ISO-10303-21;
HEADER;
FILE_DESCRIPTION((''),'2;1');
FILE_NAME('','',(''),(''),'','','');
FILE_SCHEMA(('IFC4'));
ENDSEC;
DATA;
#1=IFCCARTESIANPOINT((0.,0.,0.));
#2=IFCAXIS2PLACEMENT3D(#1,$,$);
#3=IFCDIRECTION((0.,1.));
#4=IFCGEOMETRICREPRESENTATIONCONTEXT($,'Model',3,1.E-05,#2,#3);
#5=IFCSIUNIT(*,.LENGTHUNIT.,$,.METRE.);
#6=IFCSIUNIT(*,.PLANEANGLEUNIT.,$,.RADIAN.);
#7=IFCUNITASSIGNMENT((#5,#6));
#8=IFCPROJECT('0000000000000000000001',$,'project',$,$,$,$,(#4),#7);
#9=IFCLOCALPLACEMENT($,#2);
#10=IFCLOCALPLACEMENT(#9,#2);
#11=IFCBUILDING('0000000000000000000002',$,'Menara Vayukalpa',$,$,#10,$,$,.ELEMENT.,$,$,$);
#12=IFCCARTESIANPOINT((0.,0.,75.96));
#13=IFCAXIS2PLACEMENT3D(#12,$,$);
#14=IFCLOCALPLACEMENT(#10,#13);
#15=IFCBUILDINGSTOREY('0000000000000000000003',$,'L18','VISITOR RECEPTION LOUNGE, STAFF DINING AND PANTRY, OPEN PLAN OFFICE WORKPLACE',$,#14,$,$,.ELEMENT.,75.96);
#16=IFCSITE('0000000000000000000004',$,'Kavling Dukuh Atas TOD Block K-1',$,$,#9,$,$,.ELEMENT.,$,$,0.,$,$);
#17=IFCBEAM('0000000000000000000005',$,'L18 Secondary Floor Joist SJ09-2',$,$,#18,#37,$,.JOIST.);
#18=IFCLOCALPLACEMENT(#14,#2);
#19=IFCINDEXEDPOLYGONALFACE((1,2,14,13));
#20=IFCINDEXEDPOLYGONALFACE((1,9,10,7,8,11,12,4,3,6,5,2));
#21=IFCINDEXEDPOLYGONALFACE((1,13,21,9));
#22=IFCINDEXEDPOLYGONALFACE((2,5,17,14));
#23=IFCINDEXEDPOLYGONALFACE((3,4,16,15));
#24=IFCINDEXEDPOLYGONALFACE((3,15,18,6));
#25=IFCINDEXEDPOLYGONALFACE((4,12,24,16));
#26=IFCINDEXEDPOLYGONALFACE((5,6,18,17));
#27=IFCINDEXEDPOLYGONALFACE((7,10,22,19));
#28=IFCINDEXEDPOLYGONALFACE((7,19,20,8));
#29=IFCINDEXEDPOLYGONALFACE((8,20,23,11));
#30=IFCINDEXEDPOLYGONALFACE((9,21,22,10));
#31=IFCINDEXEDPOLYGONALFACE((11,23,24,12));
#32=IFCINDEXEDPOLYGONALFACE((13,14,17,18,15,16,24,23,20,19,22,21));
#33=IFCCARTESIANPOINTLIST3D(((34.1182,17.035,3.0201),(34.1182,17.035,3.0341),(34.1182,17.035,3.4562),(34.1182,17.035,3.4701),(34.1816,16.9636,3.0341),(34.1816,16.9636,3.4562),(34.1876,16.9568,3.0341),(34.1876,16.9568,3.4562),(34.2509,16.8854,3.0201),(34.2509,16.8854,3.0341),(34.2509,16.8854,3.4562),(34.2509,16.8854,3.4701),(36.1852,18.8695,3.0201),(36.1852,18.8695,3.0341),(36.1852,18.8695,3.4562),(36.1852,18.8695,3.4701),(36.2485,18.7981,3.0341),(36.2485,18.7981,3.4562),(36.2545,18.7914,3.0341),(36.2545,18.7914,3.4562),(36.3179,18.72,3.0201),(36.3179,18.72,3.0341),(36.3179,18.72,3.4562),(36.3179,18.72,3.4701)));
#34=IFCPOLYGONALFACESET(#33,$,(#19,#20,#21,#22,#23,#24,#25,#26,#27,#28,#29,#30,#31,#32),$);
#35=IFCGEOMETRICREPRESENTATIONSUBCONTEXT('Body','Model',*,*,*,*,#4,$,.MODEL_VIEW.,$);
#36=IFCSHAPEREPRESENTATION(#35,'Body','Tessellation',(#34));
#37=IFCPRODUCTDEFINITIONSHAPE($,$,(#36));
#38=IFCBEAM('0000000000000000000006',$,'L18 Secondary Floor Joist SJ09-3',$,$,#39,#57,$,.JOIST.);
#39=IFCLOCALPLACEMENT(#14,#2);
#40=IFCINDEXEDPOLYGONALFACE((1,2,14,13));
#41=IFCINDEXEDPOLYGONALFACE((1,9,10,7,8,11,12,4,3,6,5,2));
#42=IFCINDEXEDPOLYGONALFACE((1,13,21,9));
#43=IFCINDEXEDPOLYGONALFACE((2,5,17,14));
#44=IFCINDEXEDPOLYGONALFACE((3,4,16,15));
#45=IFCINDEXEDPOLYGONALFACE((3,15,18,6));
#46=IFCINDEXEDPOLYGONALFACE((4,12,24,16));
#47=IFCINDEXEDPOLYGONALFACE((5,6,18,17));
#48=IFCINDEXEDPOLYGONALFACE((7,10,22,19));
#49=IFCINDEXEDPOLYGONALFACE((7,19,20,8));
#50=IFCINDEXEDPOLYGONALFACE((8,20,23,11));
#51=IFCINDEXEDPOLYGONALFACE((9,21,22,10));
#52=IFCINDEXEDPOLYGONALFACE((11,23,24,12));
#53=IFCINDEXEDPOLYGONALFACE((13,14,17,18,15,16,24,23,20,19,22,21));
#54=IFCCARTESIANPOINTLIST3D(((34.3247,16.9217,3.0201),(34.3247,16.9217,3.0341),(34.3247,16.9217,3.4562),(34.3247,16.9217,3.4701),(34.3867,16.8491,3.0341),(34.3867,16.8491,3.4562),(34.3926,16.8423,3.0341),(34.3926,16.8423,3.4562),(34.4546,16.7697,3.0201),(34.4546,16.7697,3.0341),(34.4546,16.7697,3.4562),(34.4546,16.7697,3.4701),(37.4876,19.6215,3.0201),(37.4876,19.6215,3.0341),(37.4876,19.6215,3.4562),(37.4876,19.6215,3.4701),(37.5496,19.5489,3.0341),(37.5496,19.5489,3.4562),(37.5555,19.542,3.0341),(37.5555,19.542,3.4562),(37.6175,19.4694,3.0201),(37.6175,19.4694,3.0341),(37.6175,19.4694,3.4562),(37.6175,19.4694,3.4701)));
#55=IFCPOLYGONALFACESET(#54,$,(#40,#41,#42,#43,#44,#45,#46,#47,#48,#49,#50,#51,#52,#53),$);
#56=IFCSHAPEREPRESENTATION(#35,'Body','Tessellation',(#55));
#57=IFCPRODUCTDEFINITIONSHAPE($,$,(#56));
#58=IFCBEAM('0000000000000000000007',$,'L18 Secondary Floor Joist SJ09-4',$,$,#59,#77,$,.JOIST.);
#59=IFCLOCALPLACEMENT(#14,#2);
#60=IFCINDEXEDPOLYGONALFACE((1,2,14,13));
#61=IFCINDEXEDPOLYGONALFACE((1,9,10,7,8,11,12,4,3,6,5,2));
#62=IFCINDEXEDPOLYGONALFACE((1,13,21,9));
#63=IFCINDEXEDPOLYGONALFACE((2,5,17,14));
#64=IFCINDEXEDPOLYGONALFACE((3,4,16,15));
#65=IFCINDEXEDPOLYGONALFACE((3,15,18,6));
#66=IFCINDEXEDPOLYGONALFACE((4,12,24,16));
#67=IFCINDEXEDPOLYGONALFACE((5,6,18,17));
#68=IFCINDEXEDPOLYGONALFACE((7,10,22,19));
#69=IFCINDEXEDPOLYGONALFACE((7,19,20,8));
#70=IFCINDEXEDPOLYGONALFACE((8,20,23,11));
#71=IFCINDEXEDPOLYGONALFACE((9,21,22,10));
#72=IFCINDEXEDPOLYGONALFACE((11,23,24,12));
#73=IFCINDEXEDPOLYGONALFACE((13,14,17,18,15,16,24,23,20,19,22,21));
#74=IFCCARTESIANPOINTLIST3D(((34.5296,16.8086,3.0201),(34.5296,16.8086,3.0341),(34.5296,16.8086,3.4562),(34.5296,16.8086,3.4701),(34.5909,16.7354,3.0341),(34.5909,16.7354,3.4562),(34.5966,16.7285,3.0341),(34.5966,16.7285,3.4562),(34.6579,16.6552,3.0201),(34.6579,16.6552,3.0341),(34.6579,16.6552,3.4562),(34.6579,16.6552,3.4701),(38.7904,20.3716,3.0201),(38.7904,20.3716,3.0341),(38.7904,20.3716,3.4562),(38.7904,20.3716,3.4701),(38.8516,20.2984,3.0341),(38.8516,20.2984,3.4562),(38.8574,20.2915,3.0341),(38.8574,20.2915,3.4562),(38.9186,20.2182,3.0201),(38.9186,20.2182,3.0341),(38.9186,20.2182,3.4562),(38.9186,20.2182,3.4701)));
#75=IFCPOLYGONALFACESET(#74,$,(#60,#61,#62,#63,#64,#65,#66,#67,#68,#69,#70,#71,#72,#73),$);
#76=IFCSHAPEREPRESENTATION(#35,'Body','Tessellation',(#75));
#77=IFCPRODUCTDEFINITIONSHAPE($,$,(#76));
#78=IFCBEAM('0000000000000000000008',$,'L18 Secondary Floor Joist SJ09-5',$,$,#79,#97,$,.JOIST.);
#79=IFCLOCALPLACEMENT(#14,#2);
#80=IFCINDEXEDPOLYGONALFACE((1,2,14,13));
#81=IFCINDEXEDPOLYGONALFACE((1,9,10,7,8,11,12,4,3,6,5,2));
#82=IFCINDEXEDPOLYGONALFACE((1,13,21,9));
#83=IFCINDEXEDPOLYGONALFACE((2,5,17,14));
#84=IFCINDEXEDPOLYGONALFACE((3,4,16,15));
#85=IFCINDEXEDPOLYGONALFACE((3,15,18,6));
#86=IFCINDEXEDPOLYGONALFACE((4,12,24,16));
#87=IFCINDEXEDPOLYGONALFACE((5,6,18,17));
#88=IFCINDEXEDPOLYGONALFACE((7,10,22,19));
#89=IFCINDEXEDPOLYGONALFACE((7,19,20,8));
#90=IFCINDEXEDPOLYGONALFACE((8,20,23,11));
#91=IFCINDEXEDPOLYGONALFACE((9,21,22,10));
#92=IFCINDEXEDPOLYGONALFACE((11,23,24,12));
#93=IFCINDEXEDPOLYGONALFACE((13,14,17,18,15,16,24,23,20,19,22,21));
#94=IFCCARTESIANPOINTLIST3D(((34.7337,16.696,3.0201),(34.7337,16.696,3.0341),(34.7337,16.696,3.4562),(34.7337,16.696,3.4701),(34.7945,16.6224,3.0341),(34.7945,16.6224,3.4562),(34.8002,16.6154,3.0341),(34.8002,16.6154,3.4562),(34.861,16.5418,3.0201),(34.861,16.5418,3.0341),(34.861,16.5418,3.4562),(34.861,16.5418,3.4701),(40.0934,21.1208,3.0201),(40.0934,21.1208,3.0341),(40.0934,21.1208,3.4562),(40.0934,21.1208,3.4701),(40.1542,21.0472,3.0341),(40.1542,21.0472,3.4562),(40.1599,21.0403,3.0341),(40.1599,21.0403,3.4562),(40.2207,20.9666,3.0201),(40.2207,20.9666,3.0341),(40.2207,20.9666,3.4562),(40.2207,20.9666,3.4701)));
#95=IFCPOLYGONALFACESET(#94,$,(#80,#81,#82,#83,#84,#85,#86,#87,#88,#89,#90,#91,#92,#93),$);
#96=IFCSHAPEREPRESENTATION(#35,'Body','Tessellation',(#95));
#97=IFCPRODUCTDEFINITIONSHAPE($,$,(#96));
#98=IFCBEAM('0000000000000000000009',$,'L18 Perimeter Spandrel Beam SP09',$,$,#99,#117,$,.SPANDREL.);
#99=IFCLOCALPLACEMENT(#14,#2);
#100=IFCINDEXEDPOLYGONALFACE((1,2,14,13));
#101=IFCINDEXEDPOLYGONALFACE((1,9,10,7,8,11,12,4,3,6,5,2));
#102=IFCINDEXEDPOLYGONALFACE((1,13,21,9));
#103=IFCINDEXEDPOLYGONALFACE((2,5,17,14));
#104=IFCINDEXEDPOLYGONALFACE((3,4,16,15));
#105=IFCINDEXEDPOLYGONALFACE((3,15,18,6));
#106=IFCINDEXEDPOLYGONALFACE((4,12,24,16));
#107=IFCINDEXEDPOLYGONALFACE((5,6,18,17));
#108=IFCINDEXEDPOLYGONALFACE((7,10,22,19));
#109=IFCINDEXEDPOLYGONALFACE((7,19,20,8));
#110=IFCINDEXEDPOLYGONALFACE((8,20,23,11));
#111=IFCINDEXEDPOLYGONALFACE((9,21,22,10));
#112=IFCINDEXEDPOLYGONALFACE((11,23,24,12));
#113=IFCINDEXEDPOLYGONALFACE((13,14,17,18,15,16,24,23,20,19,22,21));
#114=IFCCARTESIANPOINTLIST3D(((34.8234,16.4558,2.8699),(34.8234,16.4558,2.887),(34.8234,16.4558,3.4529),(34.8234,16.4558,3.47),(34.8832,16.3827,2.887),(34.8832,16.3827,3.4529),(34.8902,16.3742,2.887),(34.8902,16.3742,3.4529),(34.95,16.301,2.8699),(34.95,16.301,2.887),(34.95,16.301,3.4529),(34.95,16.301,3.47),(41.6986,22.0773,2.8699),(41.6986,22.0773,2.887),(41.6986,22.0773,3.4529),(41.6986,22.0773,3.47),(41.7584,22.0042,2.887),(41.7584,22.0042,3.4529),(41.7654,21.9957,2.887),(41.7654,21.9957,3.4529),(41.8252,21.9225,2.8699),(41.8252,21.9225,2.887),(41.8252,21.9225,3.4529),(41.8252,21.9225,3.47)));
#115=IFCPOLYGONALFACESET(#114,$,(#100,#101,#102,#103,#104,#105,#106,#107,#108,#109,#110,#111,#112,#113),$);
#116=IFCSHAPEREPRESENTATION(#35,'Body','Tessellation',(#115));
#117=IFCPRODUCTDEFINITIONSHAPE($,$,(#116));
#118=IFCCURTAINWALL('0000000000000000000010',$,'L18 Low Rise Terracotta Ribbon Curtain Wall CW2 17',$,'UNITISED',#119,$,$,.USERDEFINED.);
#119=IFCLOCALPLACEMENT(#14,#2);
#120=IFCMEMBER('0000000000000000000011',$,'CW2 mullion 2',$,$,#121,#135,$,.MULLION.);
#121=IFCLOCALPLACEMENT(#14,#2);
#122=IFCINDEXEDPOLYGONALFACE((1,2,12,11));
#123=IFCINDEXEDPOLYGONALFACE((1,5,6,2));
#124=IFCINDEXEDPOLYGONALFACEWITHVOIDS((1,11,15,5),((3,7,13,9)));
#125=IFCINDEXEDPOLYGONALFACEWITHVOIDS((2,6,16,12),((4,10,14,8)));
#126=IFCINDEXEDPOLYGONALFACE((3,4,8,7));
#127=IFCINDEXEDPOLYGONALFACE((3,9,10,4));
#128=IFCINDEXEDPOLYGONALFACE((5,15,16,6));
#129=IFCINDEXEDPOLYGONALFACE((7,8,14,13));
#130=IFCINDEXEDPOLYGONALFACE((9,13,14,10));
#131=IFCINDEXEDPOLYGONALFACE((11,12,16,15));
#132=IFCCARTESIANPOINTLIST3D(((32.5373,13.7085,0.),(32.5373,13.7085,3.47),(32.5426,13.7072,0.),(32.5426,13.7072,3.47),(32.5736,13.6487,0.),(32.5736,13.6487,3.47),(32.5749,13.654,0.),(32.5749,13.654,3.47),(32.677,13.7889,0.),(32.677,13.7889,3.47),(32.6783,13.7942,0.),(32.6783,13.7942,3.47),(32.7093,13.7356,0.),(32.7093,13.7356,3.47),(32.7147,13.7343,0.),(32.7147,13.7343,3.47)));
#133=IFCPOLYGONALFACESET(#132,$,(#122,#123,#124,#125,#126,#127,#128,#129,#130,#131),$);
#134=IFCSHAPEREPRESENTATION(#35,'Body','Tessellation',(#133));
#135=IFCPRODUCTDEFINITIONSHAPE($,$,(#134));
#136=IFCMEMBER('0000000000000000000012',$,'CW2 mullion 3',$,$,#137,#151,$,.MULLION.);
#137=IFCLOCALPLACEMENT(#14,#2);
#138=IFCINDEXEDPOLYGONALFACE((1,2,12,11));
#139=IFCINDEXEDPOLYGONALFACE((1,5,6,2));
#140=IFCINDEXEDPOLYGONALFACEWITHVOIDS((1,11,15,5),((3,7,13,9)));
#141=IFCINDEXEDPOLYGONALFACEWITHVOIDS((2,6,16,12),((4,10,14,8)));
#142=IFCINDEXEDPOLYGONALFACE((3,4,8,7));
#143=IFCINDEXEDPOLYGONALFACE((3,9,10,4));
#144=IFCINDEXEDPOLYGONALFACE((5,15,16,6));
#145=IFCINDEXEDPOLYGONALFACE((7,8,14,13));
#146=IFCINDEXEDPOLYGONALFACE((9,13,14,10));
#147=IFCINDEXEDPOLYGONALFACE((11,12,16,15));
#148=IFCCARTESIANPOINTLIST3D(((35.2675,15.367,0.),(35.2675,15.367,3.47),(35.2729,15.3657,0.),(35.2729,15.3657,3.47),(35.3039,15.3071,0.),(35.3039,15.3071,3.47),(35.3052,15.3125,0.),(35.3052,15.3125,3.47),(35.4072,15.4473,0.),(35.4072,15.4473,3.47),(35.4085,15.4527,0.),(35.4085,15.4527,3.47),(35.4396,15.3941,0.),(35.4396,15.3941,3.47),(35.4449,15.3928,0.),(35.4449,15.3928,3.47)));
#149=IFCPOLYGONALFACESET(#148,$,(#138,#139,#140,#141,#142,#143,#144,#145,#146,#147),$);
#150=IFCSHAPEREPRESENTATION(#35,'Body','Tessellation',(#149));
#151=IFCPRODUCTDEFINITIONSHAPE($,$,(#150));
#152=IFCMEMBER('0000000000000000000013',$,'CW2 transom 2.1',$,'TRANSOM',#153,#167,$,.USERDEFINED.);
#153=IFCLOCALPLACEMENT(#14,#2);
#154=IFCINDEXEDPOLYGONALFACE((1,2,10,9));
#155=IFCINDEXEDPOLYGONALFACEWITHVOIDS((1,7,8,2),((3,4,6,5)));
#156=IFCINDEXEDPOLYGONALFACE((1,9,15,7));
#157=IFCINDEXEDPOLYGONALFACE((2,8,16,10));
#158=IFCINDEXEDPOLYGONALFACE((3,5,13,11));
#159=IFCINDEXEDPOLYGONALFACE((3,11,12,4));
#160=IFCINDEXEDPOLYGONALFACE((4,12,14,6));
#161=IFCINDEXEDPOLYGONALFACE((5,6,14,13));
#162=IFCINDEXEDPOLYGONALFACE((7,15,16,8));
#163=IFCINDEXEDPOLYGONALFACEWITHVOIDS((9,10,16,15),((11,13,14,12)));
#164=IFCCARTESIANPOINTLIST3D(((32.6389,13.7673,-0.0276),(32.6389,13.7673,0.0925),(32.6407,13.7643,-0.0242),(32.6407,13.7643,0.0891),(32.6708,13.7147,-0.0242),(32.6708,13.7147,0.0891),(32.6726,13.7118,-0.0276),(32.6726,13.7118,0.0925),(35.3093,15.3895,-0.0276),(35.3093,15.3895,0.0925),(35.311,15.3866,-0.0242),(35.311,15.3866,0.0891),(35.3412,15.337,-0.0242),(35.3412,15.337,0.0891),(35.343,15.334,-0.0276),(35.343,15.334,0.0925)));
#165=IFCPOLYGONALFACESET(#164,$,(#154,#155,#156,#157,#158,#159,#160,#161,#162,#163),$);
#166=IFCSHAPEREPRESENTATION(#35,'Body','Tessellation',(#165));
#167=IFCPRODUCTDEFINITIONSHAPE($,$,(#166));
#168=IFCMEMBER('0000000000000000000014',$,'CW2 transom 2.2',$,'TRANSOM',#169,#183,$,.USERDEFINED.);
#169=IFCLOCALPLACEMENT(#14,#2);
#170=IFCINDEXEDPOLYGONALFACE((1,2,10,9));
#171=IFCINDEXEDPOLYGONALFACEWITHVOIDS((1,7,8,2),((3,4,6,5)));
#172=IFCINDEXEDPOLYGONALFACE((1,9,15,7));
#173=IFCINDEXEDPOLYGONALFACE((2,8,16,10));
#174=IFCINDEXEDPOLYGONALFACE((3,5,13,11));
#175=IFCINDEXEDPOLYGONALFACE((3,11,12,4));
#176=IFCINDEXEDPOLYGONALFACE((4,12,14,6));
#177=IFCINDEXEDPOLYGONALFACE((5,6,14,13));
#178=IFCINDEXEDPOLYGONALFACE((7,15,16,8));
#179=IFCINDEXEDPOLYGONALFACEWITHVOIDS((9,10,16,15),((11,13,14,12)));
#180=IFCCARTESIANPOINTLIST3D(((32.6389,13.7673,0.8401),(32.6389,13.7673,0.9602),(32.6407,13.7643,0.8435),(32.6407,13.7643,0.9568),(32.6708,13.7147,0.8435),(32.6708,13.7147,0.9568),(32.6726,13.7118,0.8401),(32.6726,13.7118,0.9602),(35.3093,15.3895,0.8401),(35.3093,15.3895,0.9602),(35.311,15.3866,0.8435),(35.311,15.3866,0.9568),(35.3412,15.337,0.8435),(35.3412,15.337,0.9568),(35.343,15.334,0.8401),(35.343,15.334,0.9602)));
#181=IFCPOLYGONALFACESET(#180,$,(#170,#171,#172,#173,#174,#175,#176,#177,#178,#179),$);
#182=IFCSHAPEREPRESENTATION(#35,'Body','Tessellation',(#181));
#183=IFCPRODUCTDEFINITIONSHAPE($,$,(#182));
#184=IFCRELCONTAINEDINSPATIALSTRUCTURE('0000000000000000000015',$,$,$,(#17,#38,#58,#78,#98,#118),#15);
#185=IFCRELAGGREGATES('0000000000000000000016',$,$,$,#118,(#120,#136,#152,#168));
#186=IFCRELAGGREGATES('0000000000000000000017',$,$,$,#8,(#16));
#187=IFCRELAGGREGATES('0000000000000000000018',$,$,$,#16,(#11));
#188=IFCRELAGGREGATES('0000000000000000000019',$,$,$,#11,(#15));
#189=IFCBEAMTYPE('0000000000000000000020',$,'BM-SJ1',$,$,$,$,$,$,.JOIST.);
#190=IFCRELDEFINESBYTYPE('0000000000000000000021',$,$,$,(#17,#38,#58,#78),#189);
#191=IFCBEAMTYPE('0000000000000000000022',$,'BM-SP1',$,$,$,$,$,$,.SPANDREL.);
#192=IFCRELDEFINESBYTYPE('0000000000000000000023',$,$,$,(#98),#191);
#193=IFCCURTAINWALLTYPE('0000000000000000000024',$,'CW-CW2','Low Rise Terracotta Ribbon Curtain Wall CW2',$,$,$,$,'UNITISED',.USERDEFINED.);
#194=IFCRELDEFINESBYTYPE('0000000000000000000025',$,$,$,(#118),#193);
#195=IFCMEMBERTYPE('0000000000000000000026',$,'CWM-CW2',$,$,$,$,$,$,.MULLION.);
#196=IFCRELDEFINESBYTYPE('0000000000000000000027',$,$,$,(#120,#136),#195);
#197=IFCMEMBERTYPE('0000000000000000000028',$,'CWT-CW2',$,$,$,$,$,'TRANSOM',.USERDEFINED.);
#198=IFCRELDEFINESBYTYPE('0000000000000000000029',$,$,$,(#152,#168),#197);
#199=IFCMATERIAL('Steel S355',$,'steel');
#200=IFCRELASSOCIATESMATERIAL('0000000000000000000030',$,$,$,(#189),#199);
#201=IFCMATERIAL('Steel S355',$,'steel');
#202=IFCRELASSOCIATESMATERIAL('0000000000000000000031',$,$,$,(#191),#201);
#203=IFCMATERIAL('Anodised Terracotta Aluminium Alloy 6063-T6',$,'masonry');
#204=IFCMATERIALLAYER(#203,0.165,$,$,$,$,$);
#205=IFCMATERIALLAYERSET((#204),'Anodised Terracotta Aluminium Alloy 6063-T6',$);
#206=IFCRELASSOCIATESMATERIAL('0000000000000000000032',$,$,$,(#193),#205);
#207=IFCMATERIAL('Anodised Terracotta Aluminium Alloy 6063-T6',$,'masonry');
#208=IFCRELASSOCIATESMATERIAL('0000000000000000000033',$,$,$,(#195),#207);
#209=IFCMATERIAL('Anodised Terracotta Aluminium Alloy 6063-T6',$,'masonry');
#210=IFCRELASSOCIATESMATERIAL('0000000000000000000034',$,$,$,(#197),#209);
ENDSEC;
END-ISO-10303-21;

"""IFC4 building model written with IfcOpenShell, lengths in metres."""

from ifc_helpers import new_model, si_unit, direction, frame, origin, origin_2d, place, context, subcontext, project, spatial, hollow_rectangle, i_section, extrude, material, layer, layer_set, material_profile, profile_set, type_object, element, aggregate, save


model = new_model("IFC4")

# Units and contexts
model_context = context("Model", 3, precision=1e-05, world=origin(), true_north=direction((0.0, 1.0)))
body_context = subcontext(model_context, "Body", "Model", "MODEL_VIEW")
ifc_project = project(units=[si_unit("LENGTHUNIT", "METRE"), si_unit("PLANEANGLEUNIT", "RADIAN")], contexts=[model_context])

# Site, building, storey
site_placement = place(None, origin())
site = spatial("IfcSite", under=ifc_project, at=site_placement, Name="Kavling Dukuh Atas TOD Block K-1", CompositionType="ELEMENT", RefElevation=0.0)
building_placement = place(site_placement, origin())
building = spatial("IfcBuilding", under=site, at=building_placement, Name="Menara Vayukalpa", CompositionType="ELEMENT")
storey_placement = place(building_placement, frame((0.0, 0.0, 75.96)))
storey = spatial("IfcBuildingStorey", under=building, at=storey_placement, Name="L18", Description="VISITOR RECEPTION LOUNGE, STAFF DINING AND PANTRY, OPEN PLAN OFFICE WORKPLACE", CompositionType="ELEMENT", Elevation=75.96)

# Beams
ifc_material_1 = material(Name="Steel S355", Category="steel")
ifc_material_profile_1 = material_profile(ifc_material_1, i_section(OverallWidth=0.2, OverallDepth=0.45, WebThickness=0.009, FlangeThickness=0.0139, at=origin_2d()), Name="WF 450x200x9x14")
ifc_profile_set_1 = profile_set([ifc_material_profile_1], Name="Steel S355")
beam_type_1 = type_object("IfcBeamType", Name="BM-SJ1", PredefinedType="JOIST", material=ifc_profile_set_1)
beam_1_placement = place(storey_placement, frame((34.1846, 16.9602, 3.2451), z_axis=(0.747906, 0.663804, 0.0), x_axis=(-0.663804, 0.747906, 0.0)))
element("IfcBeam", 1, at=beam_1_placement, inside=storey, type_object=beam_type_1, Name="L18 Secondary Floor Joist SJ09-2", PredefinedType="JOIST", context=body_context, shape_type="SweptSolid", body=[
    extrude(i_section(OverallWidth=0.2, OverallDepth=0.45, WebThickness=0.009, FlangeThickness=0.0139, at=origin_2d()), origin(), (0.0, 0.0, 1.0), 2.7637),
])
beam_2_placement = place(storey_placement, frame((34.3896, 16.8457, 3.2451), z_axis=(0.760598, 0.649223, 0.0), x_axis=(-0.649223, 0.760598, 0.0)))
element("IfcBeam", 2, at=beam_2_placement, inside=storey, type_object=beam_type_1, Name="L18 Secondary Floor Joist SJ09-3", PredefinedType="JOIST", context=body_context, shape_type="SweptSolid", body=[
    extrude(i_section(OverallWidth=0.2, OverallDepth=0.45, WebThickness=0.009, FlangeThickness=0.0139, at=origin_2d()), origin(), (0.0, 0.0, 1.0), 4.1584),
])
beam_3_placement = place(storey_placement, frame((34.5938, 16.7319, 3.2451), z_axis=(0.767125, 0.641498, 0.0), x_axis=(-0.641498, 0.767125, 0.0)))
element("IfcBeam", 3, at=beam_3_placement, inside=storey, type_object=beam_type_1, Name="L18 Secondary Floor Joist SJ09-4", PredefinedType="JOIST", context=body_context, shape_type="SweptSolid", body=[
    extrude(i_section(OverallWidth=0.2, OverallDepth=0.45, WebThickness=0.009, FlangeThickness=0.0139, at=origin_2d()), origin(), (0.0, 0.0, 1.0), 5.5542),
])
beam_4_placement = place(storey_placement, frame((34.7974, 16.6189, 3.2451), z_axis=(0.771153, 0.63665, 0.0), x_axis=(-0.63665, 0.771153, 0.0)))
element("IfcBeam", 4, at=beam_4_placement, inside=storey, type_object=beam_type_1, Name="L18 Secondary Floor Joist SJ09-5", PredefinedType="JOIST", context=body_context, shape_type="SweptSolid", body=[
    extrude(i_section(OverallWidth=0.2, OverallDepth=0.45, WebThickness=0.009, FlangeThickness=0.0139, at=origin_2d()), origin(), (0.0, 0.0, 1.0), 6.9502),
])
ifc_material_2 = material(Name="Steel S355", Category="steel")
ifc_material_profile_2 = material_profile(ifc_material_2, i_section(OverallWidth=0.2, OverallDepth=0.6001, WebThickness=0.011, FlangeThickness=0.0171, at=origin_2d()), Name="WF 600x200x11x17")
ifc_profile_set_2 = profile_set([ifc_material_profile_2], Name="Steel S355")
beam_type_2 = type_object("IfcBeamType", Name="BM-SP1", PredefinedType="SPANDREL", material=ifc_profile_set_2)
beam_5_placement = place(storey_placement, frame((34.8867, 16.3784, 3.1699), z_axis=(0.774157, 0.632994, 0.0), x_axis=(-0.632994, 0.774157, 0.0)))
element("IfcBeam", 5, at=beam_5_placement, inside=storey, type_object=beam_type_2, Name="L18 Perimeter Spandrel Beam SP09", PredefinedType="SPANDREL", context=body_context, shape_type="SweptSolid", body=[
    extrude(i_section(OverallWidth=0.2, OverallDepth=0.6001, WebThickness=0.011, FlangeThickness=0.0171, at=origin_2d()), origin(), (0.0, 0.0, 1.0), 8.8809),
])

# Curtain wall, members
ifc_material_3 = material(Name="Anodised Terracotta Aluminium Alloy 6063-T6", Category="masonry")
ifc_layer_1 = layer(ifc_material_3, 0.165)
ifc_layer_set_1 = layer_set([ifc_layer_1], Name="Anodised Terracotta Aluminium Alloy 6063-T6")
curtain_wall_type = type_object("IfcCurtainWallType", Name="CW-CW2", Description="Low Rise Terracotta Ribbon Curtain Wall CW2", ElementType="UNITISED", PredefinedType="USERDEFINED", material=ifc_layer_set_1)
curtain_wall_placement = place(storey_placement, origin())
curtain_wall = element("IfcCurtainWall", 6, at=curtain_wall_placement, inside=storey, type_object=curtain_wall_type, Name="L18 Low Rise Terracotta Ribbon Curtain Wall CW2 17", ObjectType="UNITISED", PredefinedType="USERDEFINED")
ifc_material_4 = material(Name="Anodised Terracotta Aluminium Alloy 6063-T6", Category="masonry")
ifc_material_profile_3 = material_profile(ifc_material_4, hollow_rectangle(XDim=0.0701, YDim=0.165, WallThickness=0.0039, at=origin_2d()), Name="ALU 70x165x4")
ifc_profile_set_3 = profile_set([ifc_material_profile_3], Name="Anodised Terracotta Aluminium Alloy 6063-T6")
member_type_1 = type_object("IfcMemberType", Name="CWM-CW2", PredefinedType="MULLION", material=ifc_profile_set_3)
member_1_placement = place(storey_placement, frame((32.626, 13.7214, 0.0), z_axis=(0.0, 0.0, 1.0), x_axis=(-0.519183, 0.854663, 0.0)))
member_1 = element("IfcMember", 7, at=member_1_placement, type_object=member_type_1, Name="CW2 mullion 2", PredefinedType="MULLION", context=body_context, shape_type="SweptSolid", body=[
    extrude(hollow_rectangle(XDim=0.0701, YDim=0.165, WallThickness=0.0039, at=origin_2d()), origin(), (0.0, 0.0, 1.0), 3.47),
])
member_2_placement = place(storey_placement, frame((35.3562, 15.3799, 0.0), z_axis=(0.0, 0.0, 1.0), x_axis=(-0.519183, 0.854663, 0.0)))
member_2 = element("IfcMember", 8, at=member_2_placement, type_object=member_type_1, Name="CW2 mullion 3", PredefinedType="MULLION", context=body_context, shape_type="SweptSolid", body=[
    extrude(hollow_rectangle(XDim=0.0701, YDim=0.165, WallThickness=0.0039, at=origin_2d()), origin(), (0.0, 0.0, 1.0), 3.47),
])
ifc_material_5 = material(Name="Anodised Terracotta Aluminium Alloy 6063-T6", Category="masonry")
ifc_material_profile_4 = material_profile(ifc_material_5, hollow_rectangle(XDim=0.0649, YDim=0.1201, WallThickness=0.0034, at=origin_2d()), Name="ALU 65x120x3.5")
ifc_profile_set_4 = profile_set([ifc_material_profile_4], Name="Anodised Terracotta Aluminium Alloy 6063-T6")
member_type_2 = type_object("IfcMemberType", Name="CWT-CW2", ElementType="TRANSOM", PredefinedType="USERDEFINED", material=ifc_profile_set_4)
member_3_placement = place(storey_placement, frame((32.6558, 13.7395, 0.0325), z_axis=(0.854646, 0.519211, 0.0), x_axis=(-0.519211, 0.854646, 0.0)))
member_3 = element("IfcMember", 9, at=member_3_placement, type_object=member_type_2, Name="CW2 transom 2.1", ObjectType="TRANSOM", PredefinedType="USERDEFINED", context=body_context, shape_type="SweptSolid", body=[
    extrude(hollow_rectangle(XDim=0.0649, YDim=0.1201, WallThickness=0.0034, at=origin_2d()), origin(), (0.0, 0.0, 1.0), 3.1245),
])
member_4_placement = place(storey_placement, frame((32.6558, 13.7395, 0.9001), z_axis=(0.854646, 0.519211, 0.0), x_axis=(-0.519211, 0.854646, 0.0)))
member_4 = element("IfcMember", 10, at=member_4_placement, type_object=member_type_2, Name="CW2 transom 2.2", ObjectType="TRANSOM", PredefinedType="USERDEFINED", context=body_context, shape_type="SweptSolid", body=[
    extrude(hollow_rectangle(XDim=0.0649, YDim=0.1201, WallThickness=0.0034, at=origin_2d()), origin(), (0.0, 0.0, 1.0), 3.1245),
])
aggregate(curtain_wall, [member_1, member_2, member_3, member_4])

save(model, "model.ifc")
